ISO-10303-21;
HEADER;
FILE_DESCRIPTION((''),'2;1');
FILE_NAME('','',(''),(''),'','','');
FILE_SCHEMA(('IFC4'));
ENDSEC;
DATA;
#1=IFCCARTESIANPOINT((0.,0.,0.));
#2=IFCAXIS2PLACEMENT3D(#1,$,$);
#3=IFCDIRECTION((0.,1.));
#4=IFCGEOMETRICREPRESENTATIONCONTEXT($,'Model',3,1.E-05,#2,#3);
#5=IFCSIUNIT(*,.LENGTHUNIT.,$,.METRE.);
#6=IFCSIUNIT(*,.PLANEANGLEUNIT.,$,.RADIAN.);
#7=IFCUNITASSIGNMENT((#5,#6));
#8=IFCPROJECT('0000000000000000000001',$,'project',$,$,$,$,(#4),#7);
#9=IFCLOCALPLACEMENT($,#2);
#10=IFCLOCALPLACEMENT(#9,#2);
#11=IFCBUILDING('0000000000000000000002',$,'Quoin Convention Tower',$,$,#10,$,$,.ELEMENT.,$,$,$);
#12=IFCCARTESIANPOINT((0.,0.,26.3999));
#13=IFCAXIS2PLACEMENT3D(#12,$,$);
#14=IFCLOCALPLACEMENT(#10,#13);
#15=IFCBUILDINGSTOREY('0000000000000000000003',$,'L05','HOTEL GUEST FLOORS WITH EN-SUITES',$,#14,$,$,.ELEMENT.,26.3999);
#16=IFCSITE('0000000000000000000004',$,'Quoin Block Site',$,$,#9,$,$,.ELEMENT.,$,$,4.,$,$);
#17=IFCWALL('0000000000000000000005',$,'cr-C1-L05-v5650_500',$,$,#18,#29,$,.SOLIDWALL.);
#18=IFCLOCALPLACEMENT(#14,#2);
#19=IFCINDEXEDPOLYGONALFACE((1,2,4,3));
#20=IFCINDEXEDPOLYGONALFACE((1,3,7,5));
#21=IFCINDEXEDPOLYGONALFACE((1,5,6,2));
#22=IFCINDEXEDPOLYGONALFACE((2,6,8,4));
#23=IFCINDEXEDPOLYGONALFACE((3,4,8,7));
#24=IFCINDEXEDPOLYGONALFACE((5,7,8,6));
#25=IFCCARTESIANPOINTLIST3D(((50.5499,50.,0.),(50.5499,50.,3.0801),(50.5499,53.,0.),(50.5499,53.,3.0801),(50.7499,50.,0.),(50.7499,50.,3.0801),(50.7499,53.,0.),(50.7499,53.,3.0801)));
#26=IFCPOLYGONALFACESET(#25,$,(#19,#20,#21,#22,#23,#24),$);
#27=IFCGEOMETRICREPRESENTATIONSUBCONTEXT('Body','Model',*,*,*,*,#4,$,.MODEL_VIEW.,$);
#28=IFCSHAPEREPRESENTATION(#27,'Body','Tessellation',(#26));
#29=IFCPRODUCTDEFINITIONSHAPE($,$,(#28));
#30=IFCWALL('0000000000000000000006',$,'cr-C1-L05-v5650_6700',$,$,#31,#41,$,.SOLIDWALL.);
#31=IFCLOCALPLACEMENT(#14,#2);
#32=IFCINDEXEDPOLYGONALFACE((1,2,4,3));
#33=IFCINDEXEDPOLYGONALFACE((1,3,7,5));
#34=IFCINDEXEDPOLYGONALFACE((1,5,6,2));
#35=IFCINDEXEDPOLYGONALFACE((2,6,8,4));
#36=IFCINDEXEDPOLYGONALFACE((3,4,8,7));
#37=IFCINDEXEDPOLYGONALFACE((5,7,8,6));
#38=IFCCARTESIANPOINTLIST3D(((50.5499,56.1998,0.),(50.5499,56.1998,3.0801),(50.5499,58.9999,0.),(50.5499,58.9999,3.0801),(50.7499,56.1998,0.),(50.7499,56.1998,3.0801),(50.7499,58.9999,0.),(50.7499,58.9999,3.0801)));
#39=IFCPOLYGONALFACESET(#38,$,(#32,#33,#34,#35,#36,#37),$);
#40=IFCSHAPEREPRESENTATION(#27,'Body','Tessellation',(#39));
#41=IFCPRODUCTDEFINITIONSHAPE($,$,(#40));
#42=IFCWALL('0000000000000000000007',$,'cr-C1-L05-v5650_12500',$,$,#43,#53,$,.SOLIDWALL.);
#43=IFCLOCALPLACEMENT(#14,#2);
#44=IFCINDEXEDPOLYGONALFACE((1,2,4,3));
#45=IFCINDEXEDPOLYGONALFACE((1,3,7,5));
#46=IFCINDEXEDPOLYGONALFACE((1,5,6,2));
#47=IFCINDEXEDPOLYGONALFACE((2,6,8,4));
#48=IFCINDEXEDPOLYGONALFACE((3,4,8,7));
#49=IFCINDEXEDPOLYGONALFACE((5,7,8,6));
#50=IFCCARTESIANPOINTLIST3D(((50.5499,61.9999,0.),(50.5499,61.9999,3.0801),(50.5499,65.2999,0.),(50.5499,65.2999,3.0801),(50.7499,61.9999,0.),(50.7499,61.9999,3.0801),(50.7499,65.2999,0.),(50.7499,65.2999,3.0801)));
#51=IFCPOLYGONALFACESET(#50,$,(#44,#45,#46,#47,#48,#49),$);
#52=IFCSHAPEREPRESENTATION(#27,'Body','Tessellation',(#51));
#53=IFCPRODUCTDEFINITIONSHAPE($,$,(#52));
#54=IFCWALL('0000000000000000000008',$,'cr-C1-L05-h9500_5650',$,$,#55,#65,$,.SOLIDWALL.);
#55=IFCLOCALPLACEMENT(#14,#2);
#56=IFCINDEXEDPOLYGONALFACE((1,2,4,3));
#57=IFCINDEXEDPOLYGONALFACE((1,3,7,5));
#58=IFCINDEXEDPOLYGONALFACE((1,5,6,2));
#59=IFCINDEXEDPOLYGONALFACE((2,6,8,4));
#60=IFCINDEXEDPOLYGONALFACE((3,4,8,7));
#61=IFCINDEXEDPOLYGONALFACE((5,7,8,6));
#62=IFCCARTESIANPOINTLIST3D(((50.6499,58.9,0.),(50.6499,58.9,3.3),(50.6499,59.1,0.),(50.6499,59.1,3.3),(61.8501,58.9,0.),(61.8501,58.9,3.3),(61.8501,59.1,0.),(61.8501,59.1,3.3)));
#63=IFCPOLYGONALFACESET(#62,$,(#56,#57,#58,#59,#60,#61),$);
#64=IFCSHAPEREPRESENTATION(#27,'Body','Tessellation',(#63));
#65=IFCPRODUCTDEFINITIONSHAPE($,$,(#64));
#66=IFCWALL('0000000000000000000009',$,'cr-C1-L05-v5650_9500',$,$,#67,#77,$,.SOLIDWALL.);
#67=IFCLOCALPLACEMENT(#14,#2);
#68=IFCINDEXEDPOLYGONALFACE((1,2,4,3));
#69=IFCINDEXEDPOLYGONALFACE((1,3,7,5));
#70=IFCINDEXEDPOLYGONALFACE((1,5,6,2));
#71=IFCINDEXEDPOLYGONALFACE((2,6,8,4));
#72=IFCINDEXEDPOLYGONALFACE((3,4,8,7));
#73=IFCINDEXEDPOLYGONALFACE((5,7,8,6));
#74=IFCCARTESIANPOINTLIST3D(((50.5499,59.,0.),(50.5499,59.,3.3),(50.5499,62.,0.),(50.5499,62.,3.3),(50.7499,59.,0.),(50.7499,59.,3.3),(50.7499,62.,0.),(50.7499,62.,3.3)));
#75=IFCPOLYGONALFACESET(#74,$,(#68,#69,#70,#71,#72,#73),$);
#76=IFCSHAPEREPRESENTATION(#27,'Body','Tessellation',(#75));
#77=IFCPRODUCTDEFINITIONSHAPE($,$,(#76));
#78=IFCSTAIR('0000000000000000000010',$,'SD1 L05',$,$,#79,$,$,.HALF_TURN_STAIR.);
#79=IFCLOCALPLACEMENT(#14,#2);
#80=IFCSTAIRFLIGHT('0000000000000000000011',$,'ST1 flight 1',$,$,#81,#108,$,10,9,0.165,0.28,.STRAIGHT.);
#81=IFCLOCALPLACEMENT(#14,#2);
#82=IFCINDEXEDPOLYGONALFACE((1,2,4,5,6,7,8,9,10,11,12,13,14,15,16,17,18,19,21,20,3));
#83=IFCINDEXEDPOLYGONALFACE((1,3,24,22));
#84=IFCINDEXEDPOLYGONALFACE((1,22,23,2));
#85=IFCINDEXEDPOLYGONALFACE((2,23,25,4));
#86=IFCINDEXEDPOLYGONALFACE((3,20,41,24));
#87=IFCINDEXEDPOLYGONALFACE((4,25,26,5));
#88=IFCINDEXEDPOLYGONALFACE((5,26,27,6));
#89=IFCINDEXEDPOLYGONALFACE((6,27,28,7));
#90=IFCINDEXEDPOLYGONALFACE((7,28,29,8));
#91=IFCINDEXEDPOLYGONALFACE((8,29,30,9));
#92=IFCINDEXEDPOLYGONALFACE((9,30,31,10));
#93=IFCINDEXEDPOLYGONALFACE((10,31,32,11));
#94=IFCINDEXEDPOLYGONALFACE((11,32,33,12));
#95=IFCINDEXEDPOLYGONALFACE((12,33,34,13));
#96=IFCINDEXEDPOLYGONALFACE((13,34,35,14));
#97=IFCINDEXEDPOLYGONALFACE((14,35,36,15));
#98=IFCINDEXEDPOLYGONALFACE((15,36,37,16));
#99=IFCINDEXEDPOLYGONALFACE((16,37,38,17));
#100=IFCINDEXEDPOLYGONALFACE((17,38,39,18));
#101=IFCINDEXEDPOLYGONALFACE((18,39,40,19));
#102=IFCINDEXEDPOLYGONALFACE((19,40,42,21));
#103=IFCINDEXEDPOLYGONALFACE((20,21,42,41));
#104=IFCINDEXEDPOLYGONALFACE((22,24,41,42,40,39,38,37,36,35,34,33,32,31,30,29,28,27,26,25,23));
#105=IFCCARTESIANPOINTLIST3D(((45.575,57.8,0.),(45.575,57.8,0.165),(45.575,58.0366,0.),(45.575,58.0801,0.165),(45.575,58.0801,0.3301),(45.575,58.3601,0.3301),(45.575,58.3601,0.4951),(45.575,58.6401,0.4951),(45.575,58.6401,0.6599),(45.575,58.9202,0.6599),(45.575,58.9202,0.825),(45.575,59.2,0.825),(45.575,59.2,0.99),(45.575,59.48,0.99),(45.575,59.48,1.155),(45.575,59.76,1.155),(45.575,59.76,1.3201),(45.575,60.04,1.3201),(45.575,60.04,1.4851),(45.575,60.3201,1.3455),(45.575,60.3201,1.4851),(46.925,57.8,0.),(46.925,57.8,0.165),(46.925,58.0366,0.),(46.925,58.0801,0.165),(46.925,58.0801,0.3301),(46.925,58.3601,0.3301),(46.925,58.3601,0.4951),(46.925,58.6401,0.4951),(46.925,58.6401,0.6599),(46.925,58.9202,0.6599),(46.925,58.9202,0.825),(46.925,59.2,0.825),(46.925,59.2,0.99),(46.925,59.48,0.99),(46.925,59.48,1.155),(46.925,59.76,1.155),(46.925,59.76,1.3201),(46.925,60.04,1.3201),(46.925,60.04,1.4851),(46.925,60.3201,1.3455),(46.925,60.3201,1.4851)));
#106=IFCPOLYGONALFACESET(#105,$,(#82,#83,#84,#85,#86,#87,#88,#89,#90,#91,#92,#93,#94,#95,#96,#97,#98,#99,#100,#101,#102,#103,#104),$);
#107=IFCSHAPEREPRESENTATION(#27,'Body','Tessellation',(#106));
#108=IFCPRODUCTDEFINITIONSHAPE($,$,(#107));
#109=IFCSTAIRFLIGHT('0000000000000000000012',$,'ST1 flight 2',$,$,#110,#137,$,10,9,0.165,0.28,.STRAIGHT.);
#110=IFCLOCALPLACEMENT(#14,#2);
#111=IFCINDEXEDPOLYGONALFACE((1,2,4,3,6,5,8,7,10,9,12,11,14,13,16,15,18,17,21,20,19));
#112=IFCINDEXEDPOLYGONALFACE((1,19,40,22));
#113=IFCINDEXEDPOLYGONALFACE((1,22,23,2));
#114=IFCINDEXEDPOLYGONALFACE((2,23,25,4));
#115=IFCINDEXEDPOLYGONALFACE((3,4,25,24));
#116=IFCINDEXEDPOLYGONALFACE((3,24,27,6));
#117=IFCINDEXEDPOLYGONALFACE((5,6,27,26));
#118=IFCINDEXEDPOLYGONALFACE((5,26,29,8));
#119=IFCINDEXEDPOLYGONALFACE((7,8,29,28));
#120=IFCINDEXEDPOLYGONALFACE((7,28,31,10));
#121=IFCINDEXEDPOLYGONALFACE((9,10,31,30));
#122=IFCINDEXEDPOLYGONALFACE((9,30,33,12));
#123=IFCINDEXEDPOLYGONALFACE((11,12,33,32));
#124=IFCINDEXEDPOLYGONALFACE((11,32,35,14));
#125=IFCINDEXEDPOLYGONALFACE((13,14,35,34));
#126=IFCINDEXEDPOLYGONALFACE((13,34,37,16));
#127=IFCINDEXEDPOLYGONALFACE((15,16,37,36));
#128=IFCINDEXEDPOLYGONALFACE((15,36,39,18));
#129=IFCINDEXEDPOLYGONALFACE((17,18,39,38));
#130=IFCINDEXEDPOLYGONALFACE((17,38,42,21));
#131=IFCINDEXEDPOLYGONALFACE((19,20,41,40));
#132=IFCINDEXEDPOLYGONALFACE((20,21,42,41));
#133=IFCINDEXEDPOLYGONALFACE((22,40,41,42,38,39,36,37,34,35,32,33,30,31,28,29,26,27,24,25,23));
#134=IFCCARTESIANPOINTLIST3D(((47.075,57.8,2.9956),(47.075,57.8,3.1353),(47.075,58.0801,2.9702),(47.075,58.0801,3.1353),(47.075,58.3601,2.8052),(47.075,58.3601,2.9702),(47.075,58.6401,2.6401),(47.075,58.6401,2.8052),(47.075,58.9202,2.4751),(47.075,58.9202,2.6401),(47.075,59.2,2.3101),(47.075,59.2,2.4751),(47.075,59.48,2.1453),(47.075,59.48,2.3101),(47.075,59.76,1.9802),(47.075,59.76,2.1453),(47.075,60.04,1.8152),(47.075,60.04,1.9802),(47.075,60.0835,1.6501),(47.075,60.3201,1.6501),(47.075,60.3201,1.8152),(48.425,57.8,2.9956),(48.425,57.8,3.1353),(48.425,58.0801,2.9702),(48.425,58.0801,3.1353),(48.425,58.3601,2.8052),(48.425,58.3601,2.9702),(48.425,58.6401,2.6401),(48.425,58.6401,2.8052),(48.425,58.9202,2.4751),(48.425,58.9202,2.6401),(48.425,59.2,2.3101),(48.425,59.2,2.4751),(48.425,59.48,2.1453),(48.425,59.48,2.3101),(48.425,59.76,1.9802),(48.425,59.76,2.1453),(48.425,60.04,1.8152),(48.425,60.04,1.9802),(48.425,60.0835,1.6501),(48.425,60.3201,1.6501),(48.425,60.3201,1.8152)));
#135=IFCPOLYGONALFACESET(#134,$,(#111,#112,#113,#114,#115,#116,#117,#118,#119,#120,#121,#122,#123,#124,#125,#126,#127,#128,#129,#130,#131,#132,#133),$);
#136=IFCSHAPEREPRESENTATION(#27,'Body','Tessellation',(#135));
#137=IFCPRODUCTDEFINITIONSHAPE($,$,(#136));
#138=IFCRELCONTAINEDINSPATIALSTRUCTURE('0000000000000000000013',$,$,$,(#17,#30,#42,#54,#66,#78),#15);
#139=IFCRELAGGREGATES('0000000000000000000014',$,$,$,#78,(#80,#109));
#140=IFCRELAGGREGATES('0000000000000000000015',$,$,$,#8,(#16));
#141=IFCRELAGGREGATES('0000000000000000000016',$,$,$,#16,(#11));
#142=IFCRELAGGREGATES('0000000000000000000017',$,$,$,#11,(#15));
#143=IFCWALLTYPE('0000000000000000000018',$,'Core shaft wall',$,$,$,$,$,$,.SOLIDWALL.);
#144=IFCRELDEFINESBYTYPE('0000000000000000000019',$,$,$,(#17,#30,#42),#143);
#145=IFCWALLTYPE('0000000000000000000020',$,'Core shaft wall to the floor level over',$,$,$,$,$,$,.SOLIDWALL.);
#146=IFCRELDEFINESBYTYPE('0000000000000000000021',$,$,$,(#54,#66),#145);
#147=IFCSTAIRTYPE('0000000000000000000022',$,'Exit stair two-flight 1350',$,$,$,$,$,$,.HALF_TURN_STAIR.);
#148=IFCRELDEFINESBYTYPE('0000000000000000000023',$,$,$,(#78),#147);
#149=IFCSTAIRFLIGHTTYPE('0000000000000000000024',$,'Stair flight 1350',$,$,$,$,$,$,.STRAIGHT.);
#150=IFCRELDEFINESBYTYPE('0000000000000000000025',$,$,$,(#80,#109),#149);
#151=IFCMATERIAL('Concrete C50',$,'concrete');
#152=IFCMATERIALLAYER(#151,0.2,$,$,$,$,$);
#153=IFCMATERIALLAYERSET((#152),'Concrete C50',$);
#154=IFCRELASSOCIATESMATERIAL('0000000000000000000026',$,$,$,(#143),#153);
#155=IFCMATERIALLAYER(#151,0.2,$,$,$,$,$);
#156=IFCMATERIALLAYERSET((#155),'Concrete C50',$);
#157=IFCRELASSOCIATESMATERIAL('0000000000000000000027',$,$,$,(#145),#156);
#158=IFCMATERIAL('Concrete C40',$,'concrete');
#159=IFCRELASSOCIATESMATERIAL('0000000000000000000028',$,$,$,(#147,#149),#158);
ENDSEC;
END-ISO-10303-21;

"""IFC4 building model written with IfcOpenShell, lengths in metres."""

from ifc_helpers import new_model, si_unit, direction, frame, frame_2d, origin, place, context, subcontext, project, spatial, polyline, rectangle, outline, extrude, material, layer, layer_set, type_object, element, aggregate, save


model = new_model("IFC4")

# Units and contexts
model_context = context("Model", 3, precision=1e-05, world=origin(), true_north=direction((0.0, 1.0)))
body_context = subcontext(model_context, "Body", "Model", "MODEL_VIEW")
ifc_project = project(units=[si_unit("LENGTHUNIT", "METRE"), si_unit("PLANEANGLEUNIT", "RADIAN")], contexts=[model_context])

# Site, building, storey
site_placement = place(None, origin())
site = spatial("IfcSite", under=ifc_project, at=site_placement, Name="Quoin Block Site", CompositionType="ELEMENT", RefElevation=4.0)
building_placement = place(site_placement, origin())
building = spatial("IfcBuilding", under=site, at=building_placement, Name="Quoin Convention Tower", CompositionType="ELEMENT")
storey_placement = place(building_placement, frame((0.0, 0.0, 26.3999)))
storey = spatial("IfcBuildingStorey", under=building, at=storey_placement, Name="L05", Description="HOTEL GUEST FLOORS WITH EN-SUITES", CompositionType="ELEMENT", Elevation=26.3999)

# Shared definitions
ifc_material_1 = material(Name="Concrete C50", Category="concrete")
ifc_layer_1 = layer(ifc_material_1, 0.2)
ifc_layer_set_1 = layer_set([ifc_layer_1], Name="Concrete C50")
wall_type_1 = type_object("IfcWallType", Name="Core shaft wall", PredefinedType="SOLIDWALL", material=ifc_layer_set_1)

# Walls
wall_1_placement = place(storey_placement, frame((50.6499, 50.0, 0.0), z_axis=(0.0, 0.0, 1.0), x_axis=(0.0, 1.0, 0.0)))
element("IfcWall", 1, at=wall_1_placement, inside=storey, type_object=wall_type_1, Name="cr-C1-L05-v5650_500", PredefinedType="SOLIDWALL", context=body_context, shape_type="SweptSolid", body=[
    extrude(rectangle(XDim=3.0, YDim=0.2, at=frame_2d((1.5, 0.0))), origin(), (0.0, 0.0, 1.0), 3.0801),
])
wall_2_placement = place(storey_placement, frame((50.6499, 56.2, 0.0), z_axis=(0.0, 0.0, 1.0), x_axis=(0.0, 1.0, 0.0)))
element("IfcWall", 2, at=wall_2_placement, inside=storey, type_object=wall_type_1, Name="cr-C1-L05-v5650_6700", PredefinedType="SOLIDWALL", context=body_context, shape_type="SweptSolid", body=[
    extrude(rectangle(XDim=2.8, YDim=0.2, at=frame_2d((1.3999, 0.0))), origin(), (0.0, 0.0, 1.0), 3.0801),
])
wall_3_placement = place(storey_placement, frame((50.6499, 62.0, 0.0), z_axis=(0.0, 0.0, 1.0), x_axis=(0.0, 1.0, 0.0)))
element("IfcWall", 3, at=wall_3_placement, inside=storey, type_object=wall_type_1, Name="cr-C1-L05-v5650_12500", PredefinedType="SOLIDWALL", context=body_context, shape_type="SweptSolid", body=[
    extrude(rectangle(XDim=3.3, YDim=0.2, at=frame_2d((1.6499, 0.0))), origin(), (0.0, 0.0, 1.0), 3.0801),
])
ifc_layer_2 = layer(ifc_material_1, 0.2)
ifc_layer_set_2 = layer_set([ifc_layer_2], Name="Concrete C50")
wall_type_2 = type_object("IfcWallType", Name="Core shaft wall to the floor level over", PredefinedType="SOLIDWALL", material=ifc_layer_set_2)
wall_4_placement = place(storey_placement, frame((50.6499, 59.0, 0.0), z_axis=(0.0, 0.0, 1.0), x_axis=(1.0, 0.0, 0.0)))
element("IfcWall", 4, at=wall_4_placement, inside=storey, type_object=wall_type_2, Name="cr-C1-L05-h9500_5650", PredefinedType="SOLIDWALL", context=body_context, shape_type="SweptSolid", body=[
    extrude(rectangle(XDim=11.2002, YDim=0.2, at=frame_2d((5.6001, 0.0))), origin(), (0.0, 0.0, 1.0), 3.3),
])
wall_5_placement = place(storey_placement, frame((50.6499, 59.0, 0.0), z_axis=(0.0, 0.0, 1.0), x_axis=(0.0, 1.0, 0.0)))
element("IfcWall", 5, at=wall_5_placement, inside=storey, type_object=wall_type_2, Name="cr-C1-L05-v5650_9500", PredefinedType="SOLIDWALL", context=body_context, shape_type="SweptSolid", body=[
    extrude(rectangle(XDim=3.0, YDim=0.2, at=frame_2d((1.5, 0.0))), origin(), (0.0, 0.0, 1.0), 3.3),
])

# Stair, stair flights
ifc_material_2 = material(Name="Concrete C40", Category="concrete")
stair_type = type_object("IfcStairType", Name="Exit stair two-flight 1350", PredefinedType="HALF_TURN_STAIR", material=ifc_material_2)
stair_placement = place(storey_placement, origin())
stair = element("IfcStair", 6, at=stair_placement, inside=storey, type_object=stair_type, Name="SD1 L05", PredefinedType="HALF_TURN_STAIR")
stair_flight_type = type_object("IfcStairFlightType", Name="Stair flight 1350", PredefinedType="STRAIGHT", material=ifc_material_2)
stair_flight_1_placement = place(storey_placement, frame((46.25, 57.8, 0.0), z_axis=(0.0, 0.0, 1.0), x_axis=(0.0, 1.0, 0.0)))
stair_flight_1 = element("IfcStairFlight", 7, at=stair_flight_1_placement, type_object=stair_flight_type, Name="ST1 flight 1", NumberOfRisers=10, NumberOfTreads=9, PredefinedType="STRAIGHT", RiserHeight=0.165, TreadLength=0.28, context=body_context, shape_type="SweptSolid", body=[
    extrude(outline(polyline([(0.0, 0.0), (0.0, 0.165), (0.28, 0.165), (0.28, 0.3301), (0.5601, 0.3301), (0.5601, 0.4951), (0.8401, 0.4951), (0.8401, 0.6599), (1.1201, 0.6599), (1.1201, 0.825), (1.3999, 0.825), (1.3999, 0.99), (1.6799, 0.99), (1.6799, 1.155), (1.96, 1.155), (1.96, 1.3201), (2.24, 1.3201), (2.24, 1.4851), (2.52, 1.4851), (2.52, 1.6499), (2.52, 1.3455), (0.2366, 0.0), (0.0, 0.0)])), frame((0.0, 0.675, 0.0), z_axis=(0.0, -1.0, 0.0), x_axis=(1.0, 0.0, 0.0)), (0.0, 0.0, 1.0), 1.3501),
])
stair_flight_2_placement = place(storey_placement, frame((47.75, 60.3201, 1.6501), z_axis=(0.0, 0.0, 1.0), x_axis=(0.0, -1.0, 0.0)))
stair_flight_2 = element("IfcStairFlight", 8, at=stair_flight_2_placement, type_object=stair_flight_type, Name="ST1 flight 2", NumberOfRisers=10, NumberOfTreads=9, PredefinedType="STRAIGHT", RiserHeight=0.165, TreadLength=0.28, context=body_context, shape_type="SweptSolid", body=[
    extrude(outline(polyline([(0.0, 0.0), (0.0, 0.165), (0.28, 0.165), (0.28, 0.3301), (0.5601, 0.3301), (0.5601, 0.4951), (0.8401, 0.4951), (0.8401, 0.6599), (1.1201, 0.6599), (1.1201, 0.825), (1.3999, 0.825), (1.3999, 0.99), (1.6799, 0.99), (1.6799, 1.155), (1.96, 1.155), (1.96, 1.3201), (2.24, 1.3201), (2.24, 1.4851), (2.52, 1.4851), (2.52, 1.6499), (2.52, 1.3455), (0.2366, 0.0), (0.0, 0.0)])), frame((0.0, 0.675, 0.0), z_axis=(0.0, -1.0, 0.0), x_axis=(1.0, 0.0, 0.0)), (0.0, 0.0, 1.0), 1.3501),
])
aggregate(stair, [stair_flight_1, stair_flight_2])

save(model, "model.ifc")
